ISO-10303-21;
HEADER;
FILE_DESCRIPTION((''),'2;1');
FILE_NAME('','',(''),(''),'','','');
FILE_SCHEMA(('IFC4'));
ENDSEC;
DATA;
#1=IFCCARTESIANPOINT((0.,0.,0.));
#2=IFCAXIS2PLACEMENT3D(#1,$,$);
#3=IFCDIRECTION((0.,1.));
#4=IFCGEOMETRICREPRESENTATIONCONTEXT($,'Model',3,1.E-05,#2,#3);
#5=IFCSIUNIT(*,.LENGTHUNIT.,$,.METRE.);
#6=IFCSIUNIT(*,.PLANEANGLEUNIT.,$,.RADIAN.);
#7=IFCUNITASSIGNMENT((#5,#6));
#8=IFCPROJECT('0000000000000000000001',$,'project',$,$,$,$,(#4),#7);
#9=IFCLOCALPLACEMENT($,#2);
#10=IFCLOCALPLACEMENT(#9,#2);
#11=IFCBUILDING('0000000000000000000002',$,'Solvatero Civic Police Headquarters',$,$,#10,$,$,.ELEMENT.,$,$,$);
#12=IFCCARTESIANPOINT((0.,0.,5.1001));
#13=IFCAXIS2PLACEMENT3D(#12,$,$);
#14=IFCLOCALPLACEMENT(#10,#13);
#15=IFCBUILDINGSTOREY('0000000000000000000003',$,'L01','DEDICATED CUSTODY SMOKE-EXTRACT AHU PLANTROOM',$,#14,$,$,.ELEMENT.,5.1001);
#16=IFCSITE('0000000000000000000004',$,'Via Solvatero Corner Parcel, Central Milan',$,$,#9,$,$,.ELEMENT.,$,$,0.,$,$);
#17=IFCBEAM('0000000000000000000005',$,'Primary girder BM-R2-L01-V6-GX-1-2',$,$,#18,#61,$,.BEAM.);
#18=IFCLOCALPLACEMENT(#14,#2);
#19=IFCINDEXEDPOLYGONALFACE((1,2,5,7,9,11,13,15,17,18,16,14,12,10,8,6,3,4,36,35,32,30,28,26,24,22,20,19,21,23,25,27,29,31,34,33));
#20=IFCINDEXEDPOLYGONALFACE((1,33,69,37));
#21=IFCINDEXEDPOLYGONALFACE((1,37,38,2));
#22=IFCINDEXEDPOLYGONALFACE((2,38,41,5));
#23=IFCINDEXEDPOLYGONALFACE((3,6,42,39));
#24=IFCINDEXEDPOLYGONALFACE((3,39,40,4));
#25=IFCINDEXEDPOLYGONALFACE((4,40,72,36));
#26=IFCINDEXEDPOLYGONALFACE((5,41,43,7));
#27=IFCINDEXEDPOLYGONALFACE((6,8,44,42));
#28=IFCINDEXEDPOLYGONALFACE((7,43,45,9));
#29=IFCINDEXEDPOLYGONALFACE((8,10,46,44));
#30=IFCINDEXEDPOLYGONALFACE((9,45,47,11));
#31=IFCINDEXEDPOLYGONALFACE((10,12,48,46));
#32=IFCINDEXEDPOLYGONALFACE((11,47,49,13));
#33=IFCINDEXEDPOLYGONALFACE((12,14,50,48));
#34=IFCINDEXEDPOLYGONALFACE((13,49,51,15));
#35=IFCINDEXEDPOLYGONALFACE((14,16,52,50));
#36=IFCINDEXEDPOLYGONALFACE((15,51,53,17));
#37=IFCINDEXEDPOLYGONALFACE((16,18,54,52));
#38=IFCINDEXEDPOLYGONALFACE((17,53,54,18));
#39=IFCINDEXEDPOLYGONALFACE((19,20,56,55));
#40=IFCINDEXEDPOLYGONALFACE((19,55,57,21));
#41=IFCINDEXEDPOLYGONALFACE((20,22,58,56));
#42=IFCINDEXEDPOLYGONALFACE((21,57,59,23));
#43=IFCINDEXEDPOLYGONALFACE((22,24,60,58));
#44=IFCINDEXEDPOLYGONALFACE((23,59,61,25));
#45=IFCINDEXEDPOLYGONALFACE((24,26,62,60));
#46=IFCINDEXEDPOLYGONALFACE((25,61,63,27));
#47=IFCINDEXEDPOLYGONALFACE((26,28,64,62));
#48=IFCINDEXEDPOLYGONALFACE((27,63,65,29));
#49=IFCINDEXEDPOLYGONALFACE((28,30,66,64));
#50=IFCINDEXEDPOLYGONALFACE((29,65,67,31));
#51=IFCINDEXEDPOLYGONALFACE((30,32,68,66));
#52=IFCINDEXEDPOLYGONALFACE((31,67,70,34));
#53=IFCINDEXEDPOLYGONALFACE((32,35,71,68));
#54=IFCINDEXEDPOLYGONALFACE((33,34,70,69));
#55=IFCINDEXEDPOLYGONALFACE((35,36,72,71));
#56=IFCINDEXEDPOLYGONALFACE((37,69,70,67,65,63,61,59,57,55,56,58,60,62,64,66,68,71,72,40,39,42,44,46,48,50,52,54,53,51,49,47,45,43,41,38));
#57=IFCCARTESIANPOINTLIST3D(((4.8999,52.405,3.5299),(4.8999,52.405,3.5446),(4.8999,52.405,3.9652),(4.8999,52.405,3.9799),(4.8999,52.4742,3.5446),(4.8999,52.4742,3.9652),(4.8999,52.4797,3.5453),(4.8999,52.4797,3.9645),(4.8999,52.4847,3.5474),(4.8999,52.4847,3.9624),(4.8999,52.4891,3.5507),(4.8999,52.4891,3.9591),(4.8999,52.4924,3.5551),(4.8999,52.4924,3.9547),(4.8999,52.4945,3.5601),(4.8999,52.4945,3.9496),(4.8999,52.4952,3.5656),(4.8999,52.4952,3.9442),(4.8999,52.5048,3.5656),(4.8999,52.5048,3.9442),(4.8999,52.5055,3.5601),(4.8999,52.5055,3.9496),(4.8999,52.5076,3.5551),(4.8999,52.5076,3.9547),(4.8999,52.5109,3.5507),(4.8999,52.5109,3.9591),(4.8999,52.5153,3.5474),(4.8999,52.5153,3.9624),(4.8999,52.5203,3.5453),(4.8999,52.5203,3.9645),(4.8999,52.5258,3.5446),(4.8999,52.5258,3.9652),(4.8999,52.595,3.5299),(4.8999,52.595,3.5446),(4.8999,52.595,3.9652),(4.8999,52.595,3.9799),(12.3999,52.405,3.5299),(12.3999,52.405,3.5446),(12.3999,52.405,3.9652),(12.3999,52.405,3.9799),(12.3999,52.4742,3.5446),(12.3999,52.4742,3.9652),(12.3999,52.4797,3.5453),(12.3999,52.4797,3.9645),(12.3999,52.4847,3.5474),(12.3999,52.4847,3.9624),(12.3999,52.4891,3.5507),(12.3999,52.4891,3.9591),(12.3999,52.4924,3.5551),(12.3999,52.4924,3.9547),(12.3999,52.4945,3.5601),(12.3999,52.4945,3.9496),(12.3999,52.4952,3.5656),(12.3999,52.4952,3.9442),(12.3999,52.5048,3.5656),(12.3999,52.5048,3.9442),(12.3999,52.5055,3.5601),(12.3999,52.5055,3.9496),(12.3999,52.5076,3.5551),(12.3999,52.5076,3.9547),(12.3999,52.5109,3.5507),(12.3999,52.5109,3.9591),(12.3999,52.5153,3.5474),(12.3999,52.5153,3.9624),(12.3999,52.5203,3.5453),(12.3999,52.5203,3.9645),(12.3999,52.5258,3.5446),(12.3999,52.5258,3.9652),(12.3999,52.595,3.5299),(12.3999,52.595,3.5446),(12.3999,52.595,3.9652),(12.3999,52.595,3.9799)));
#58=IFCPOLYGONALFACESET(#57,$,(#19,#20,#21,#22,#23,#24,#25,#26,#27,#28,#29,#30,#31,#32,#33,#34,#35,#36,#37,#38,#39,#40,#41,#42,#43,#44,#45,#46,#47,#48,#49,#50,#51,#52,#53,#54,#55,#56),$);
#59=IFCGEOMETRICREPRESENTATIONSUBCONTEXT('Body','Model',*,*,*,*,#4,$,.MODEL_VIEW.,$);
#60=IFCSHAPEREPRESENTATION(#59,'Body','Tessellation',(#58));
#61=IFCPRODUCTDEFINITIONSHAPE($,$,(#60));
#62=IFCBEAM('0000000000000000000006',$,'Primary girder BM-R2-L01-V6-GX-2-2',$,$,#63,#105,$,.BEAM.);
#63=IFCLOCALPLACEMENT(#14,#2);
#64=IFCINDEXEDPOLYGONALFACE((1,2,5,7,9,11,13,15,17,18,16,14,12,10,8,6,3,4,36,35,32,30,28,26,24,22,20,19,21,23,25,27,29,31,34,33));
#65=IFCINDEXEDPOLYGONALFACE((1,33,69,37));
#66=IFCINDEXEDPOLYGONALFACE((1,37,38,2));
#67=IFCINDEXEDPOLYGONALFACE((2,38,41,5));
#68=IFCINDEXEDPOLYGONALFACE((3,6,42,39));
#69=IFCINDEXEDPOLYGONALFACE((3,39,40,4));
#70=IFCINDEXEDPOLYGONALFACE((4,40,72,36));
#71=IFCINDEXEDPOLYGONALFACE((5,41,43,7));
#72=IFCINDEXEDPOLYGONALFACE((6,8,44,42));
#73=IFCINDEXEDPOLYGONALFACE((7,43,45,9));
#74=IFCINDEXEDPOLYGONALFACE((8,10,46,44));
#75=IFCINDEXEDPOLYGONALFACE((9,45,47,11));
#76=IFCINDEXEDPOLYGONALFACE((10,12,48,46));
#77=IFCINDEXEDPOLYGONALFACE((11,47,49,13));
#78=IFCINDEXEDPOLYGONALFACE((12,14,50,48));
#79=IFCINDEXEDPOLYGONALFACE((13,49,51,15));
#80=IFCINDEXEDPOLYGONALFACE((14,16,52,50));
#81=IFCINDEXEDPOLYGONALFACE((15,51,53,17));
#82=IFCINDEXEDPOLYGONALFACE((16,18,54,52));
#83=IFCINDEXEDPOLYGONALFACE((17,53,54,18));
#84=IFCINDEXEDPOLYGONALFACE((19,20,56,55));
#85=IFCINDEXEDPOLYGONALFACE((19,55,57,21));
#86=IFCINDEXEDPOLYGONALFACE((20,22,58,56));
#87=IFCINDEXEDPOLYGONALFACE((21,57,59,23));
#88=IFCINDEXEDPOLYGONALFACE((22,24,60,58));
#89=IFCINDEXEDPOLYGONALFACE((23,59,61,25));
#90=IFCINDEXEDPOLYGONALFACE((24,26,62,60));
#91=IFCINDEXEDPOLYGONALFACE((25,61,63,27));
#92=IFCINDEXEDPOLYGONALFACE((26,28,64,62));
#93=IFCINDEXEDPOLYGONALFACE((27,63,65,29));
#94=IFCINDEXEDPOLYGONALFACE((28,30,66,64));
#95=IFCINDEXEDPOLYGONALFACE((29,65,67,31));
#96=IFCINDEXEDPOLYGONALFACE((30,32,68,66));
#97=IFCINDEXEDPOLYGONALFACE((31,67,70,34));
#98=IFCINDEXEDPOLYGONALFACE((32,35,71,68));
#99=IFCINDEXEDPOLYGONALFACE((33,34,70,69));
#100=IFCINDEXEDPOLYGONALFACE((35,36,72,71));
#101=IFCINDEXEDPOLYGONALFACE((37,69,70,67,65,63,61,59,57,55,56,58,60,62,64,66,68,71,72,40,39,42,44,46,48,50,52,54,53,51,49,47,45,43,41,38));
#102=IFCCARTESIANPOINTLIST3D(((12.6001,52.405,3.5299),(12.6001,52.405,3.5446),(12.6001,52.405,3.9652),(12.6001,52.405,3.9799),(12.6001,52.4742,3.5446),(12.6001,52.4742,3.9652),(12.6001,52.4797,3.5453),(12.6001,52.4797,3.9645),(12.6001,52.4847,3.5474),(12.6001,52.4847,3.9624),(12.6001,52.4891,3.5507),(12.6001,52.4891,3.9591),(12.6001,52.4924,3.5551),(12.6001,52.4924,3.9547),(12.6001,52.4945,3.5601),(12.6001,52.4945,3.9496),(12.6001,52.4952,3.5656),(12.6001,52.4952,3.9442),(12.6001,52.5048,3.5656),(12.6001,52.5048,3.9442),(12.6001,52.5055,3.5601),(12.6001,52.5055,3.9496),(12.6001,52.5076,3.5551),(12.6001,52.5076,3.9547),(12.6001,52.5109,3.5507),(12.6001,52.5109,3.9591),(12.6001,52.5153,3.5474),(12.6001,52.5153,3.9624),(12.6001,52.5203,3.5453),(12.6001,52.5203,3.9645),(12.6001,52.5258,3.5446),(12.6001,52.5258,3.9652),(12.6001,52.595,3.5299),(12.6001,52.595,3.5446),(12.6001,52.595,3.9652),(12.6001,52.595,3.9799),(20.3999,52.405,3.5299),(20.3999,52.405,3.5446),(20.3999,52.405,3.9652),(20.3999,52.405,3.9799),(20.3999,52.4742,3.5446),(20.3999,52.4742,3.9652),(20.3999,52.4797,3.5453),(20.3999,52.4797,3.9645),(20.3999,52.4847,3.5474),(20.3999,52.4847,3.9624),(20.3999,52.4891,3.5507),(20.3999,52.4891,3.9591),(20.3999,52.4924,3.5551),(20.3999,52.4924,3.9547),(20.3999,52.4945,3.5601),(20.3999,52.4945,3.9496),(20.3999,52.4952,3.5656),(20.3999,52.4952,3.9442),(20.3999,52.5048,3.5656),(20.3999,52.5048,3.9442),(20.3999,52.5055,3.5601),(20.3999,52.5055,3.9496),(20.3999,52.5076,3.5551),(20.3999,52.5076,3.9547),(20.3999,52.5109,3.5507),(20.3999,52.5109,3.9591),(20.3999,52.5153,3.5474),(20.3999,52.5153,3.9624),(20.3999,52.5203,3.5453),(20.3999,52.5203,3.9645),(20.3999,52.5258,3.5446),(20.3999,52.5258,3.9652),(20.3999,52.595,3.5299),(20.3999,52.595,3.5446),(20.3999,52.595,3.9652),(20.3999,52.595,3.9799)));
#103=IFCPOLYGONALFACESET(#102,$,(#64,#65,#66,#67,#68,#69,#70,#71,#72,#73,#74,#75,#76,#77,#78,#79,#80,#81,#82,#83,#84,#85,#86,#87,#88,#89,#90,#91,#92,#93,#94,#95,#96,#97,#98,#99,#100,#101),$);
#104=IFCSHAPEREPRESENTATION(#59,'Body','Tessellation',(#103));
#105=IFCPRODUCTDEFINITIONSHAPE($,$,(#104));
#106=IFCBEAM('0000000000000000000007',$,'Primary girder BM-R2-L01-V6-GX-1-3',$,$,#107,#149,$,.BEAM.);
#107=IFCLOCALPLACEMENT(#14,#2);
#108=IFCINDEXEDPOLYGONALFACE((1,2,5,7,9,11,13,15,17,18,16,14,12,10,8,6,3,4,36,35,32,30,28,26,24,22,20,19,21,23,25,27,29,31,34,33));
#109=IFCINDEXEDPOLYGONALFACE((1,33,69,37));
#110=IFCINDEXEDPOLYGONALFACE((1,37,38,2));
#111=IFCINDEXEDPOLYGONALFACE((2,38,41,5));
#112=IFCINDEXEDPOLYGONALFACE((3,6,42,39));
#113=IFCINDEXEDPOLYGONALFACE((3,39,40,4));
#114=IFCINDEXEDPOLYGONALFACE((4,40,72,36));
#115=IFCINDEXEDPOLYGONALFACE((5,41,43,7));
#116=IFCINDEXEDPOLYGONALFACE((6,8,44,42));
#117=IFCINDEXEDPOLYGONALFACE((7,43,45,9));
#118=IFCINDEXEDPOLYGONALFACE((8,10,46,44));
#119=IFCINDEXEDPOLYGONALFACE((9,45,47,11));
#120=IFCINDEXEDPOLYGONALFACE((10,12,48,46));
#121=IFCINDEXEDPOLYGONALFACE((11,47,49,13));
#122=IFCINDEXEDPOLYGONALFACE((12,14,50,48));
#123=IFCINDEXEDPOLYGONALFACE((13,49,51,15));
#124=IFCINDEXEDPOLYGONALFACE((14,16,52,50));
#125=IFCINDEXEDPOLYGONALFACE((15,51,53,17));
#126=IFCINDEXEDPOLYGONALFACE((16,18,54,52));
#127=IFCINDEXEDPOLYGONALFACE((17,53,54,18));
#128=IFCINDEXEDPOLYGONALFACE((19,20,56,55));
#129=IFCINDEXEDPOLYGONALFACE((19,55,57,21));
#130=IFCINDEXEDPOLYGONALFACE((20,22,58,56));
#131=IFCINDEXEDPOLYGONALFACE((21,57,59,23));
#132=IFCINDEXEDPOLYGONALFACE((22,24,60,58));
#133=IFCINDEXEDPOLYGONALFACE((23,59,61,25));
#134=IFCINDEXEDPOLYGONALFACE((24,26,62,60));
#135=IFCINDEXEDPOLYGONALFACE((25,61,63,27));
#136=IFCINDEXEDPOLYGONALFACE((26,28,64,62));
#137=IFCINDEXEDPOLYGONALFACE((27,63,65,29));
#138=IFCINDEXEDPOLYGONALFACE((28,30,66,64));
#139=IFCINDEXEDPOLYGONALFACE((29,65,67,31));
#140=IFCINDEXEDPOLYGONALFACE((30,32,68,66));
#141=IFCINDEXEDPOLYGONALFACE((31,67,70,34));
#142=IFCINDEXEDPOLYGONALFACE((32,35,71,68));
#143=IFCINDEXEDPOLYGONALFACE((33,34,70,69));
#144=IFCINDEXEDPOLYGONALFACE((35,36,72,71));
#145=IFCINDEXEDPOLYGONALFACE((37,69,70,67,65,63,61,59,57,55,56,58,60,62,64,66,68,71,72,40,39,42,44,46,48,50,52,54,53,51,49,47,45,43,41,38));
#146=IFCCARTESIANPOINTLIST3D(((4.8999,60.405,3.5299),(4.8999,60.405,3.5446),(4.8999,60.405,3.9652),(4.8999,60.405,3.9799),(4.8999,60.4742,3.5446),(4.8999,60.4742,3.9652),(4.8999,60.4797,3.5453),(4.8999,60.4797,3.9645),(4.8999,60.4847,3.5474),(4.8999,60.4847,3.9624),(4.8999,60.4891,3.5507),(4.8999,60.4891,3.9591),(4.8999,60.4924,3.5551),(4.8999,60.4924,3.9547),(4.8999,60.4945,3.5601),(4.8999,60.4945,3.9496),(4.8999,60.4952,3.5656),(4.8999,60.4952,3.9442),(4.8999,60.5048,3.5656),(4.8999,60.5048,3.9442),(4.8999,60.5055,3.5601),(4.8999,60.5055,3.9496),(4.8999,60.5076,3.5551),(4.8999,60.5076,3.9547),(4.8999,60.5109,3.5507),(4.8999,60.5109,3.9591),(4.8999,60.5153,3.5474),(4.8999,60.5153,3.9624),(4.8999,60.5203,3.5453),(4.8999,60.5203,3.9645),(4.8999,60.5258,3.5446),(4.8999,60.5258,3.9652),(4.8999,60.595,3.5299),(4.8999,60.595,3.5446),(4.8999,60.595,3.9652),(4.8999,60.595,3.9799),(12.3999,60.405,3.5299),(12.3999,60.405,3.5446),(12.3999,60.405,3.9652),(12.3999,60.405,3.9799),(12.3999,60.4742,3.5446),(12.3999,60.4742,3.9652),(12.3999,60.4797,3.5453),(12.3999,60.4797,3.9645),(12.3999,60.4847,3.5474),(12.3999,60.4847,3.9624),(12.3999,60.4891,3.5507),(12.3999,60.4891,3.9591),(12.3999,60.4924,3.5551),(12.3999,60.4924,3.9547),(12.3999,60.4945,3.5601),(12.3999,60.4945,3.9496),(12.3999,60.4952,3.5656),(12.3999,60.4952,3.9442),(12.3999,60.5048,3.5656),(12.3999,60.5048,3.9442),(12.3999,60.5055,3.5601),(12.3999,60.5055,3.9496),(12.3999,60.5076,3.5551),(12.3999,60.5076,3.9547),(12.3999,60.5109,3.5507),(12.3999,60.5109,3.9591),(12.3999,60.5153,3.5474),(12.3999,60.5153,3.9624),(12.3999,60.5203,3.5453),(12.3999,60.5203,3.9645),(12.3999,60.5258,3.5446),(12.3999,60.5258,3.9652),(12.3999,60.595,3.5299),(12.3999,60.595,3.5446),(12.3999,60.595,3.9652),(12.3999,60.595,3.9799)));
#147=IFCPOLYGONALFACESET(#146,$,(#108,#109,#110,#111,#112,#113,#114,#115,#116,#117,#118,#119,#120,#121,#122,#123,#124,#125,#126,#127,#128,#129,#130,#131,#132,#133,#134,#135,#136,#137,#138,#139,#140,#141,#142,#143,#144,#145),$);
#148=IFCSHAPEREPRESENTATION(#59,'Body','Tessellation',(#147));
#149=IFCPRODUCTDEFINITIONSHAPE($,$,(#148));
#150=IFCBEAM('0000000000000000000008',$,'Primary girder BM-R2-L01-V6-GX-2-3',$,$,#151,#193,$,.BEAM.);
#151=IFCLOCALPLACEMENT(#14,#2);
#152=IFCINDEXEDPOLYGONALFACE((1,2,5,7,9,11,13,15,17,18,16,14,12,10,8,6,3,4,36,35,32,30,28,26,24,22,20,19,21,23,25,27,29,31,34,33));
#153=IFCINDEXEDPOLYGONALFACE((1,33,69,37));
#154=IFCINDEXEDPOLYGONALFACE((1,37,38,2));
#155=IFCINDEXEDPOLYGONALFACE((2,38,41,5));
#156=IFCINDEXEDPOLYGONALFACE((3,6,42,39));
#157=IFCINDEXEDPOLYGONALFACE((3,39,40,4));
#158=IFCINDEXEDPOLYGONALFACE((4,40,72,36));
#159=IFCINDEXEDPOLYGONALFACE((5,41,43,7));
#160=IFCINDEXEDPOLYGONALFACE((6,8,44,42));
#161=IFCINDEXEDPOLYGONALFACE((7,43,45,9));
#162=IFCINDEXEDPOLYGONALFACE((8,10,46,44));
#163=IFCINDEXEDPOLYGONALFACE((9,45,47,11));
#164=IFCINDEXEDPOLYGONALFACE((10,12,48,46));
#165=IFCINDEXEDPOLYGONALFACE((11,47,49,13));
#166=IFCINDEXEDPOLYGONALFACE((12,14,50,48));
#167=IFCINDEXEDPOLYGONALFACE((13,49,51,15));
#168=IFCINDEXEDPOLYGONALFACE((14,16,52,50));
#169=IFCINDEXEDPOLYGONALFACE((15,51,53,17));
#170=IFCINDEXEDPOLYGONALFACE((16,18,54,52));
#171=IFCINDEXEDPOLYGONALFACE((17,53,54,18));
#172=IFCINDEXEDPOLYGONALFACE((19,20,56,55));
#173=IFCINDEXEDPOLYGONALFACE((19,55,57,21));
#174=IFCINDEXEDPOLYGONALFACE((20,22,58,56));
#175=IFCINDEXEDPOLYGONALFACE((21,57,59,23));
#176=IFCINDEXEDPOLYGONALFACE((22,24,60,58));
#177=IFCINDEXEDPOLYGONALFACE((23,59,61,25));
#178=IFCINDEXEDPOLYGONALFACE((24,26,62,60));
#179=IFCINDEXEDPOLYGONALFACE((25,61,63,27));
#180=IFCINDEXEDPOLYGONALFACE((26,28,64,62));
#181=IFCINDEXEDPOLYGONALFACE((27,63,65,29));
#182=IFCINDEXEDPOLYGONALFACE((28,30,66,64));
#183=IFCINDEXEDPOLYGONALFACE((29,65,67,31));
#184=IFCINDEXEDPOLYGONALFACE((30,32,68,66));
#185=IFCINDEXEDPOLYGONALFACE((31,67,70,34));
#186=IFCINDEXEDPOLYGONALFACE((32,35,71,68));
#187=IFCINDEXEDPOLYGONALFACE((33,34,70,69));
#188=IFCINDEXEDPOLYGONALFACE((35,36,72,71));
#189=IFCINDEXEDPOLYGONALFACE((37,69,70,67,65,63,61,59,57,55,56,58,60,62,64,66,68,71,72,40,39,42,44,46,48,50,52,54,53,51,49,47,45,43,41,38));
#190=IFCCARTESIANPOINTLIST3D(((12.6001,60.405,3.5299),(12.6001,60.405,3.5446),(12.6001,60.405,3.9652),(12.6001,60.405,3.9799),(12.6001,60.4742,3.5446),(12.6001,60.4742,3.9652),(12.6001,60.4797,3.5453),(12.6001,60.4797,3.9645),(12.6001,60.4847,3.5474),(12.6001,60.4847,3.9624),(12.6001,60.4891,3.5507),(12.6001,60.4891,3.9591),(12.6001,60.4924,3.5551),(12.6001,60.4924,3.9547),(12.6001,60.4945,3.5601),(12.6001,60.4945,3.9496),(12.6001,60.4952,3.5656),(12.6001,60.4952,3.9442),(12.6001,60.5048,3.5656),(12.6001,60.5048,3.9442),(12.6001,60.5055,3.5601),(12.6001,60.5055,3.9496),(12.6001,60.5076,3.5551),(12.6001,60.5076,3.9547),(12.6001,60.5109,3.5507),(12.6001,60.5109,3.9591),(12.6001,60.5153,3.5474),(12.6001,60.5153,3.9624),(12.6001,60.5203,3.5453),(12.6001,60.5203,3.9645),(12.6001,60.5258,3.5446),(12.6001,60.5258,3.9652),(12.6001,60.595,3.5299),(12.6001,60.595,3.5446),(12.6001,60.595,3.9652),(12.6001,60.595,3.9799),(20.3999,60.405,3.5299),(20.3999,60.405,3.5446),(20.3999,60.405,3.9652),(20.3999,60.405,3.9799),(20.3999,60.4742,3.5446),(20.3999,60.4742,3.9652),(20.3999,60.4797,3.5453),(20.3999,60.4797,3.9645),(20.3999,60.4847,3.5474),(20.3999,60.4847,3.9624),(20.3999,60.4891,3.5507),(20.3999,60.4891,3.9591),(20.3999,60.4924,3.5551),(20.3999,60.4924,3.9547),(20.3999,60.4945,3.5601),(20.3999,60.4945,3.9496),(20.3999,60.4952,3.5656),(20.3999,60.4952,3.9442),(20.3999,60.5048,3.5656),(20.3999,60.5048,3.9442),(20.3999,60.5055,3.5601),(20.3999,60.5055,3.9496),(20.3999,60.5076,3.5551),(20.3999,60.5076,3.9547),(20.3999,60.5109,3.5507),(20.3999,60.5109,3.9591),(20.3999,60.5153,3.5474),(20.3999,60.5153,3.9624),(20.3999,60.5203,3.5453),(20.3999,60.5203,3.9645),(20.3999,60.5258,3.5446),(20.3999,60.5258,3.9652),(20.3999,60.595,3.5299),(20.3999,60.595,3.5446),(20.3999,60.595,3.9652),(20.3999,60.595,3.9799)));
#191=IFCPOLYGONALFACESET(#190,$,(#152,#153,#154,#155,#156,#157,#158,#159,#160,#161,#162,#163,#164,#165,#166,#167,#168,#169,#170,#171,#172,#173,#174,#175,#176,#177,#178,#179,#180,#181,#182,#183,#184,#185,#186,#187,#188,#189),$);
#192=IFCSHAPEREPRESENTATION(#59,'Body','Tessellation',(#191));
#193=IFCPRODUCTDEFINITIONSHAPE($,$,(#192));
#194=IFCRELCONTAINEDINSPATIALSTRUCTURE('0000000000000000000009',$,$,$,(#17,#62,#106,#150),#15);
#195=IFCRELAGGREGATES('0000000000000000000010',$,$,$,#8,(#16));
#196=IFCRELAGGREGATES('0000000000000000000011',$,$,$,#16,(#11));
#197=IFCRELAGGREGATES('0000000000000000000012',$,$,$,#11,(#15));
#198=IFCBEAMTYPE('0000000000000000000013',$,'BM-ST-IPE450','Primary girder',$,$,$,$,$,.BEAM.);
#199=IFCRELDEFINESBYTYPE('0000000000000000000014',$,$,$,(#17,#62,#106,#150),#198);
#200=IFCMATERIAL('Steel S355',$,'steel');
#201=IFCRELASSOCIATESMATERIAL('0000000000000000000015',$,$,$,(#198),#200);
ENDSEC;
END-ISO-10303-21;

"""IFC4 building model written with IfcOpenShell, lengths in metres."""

from ifc_helpers import new_model, si_unit, direction, frame, origin, origin_2d, place, context, subcontext, project, spatial, i_section, extrude, material, material_profile, profile_set, type_object, element, save


model = new_model("IFC4")

# Units and contexts
model_context = context("Model", 3, precision=1e-05, world=origin(), true_north=direction((0.0, 1.0)))
body_context = subcontext(model_context, "Body", "Model", "MODEL_VIEW")
ifc_project = project(units=[si_unit("LENGTHUNIT", "METRE"), si_unit("PLANEANGLEUNIT", "RADIAN")], contexts=[model_context])

# Site, building, storey
site_placement = place(None, origin())
site = spatial("IfcSite", under=ifc_project, at=site_placement, Name="Via Solvatero Corner Parcel, Central Milan", CompositionType="ELEMENT", RefElevation=0.0)
building_placement = place(site_placement, origin())
building = spatial("IfcBuilding", under=site, at=building_placement, Name="Solvatero Civic Police Headquarters", CompositionType="ELEMENT")
storey_placement = place(building_placement, frame((0.0, 0.0, 5.1001)))
storey = spatial("IfcBuildingStorey", under=building, at=storey_placement, Name="L01", Description="DEDICATED CUSTODY SMOKE-EXTRACT AHU PLANTROOM", CompositionType="ELEMENT", Elevation=5.1001)

# Shared definitions
ifc_material_1 = material(Name="Steel S355", Category="steel")

# Beams
ifc_material_profile_1 = material_profile(ifc_material_1, i_section(OverallWidth=0.1899, OverallDepth=0.45, WebThickness=0.0095, FlangeThickness=0.0146, FilletRadius=0.021, at=origin_2d()), Name="IPE 450")
ifc_profile_set_1 = profile_set([ifc_material_profile_1], Name="Steel S355")
beam_type_1 = type_object("IfcBeamType", Name="BM-ST-IPE450", Description="Primary girder", PredefinedType="BEAM", material=ifc_profile_set_1)
beam_1_placement = place(storey_placement, frame((4.8999, 52.5, 3.7549), z_axis=(1.0, 0.0, 0.0), x_axis=(0.0, 1.0, 0.0)))
element("IfcBeam", 1, at=beam_1_placement, inside=storey, type_object=beam_type_1, Name="Primary girder BM-R2-L01-V6-GX-1-2", PredefinedType="BEAM", context=body_context, shape_type="SweptSolid", body=[
    extrude(i_section(OverallWidth=0.1899, OverallDepth=0.45, WebThickness=0.0095, FlangeThickness=0.0146, FilletRadius=0.021, at=origin_2d()), origin(), (0.0, 0.0, 1.0), 7.5),
])
beam_2_placement = place(storey_placement, frame((12.6001, 52.5, 3.7549), z_axis=(1.0, 0.0, 0.0), x_axis=(0.0, 1.0, 0.0)))
element("IfcBeam", 2, at=beam_2_placement, inside=storey, type_object=beam_type_1, Name="Primary girder BM-R2-L01-V6-GX-2-2", PredefinedType="BEAM", context=body_context, shape_type="SweptSolid", body=[
    extrude(i_section(OverallWidth=0.1899, OverallDepth=0.45, WebThickness=0.0095, FlangeThickness=0.0146, FilletRadius=0.021, at=origin_2d()), origin(), (0.0, 0.0, 1.0), 7.7998),
])
beam_3_placement = place(storey_placement, frame((4.8999, 60.5, 3.7549), z_axis=(1.0, 0.0, 0.0), x_axis=(0.0, 1.0, 0.0)))
element("IfcBeam", 3, at=beam_3_placement, inside=storey, type_object=beam_type_1, Name="Primary girder BM-R2-L01-V6-GX-1-3", PredefinedType="BEAM", context=body_context, shape_type="SweptSolid", body=[
    extrude(i_section(OverallWidth=0.1899, OverallDepth=0.45, WebThickness=0.0095, FlangeThickness=0.0146, FilletRadius=0.021, at=origin_2d()), origin(), (0.0, 0.0, 1.0), 7.5),
])
beam_4_placement = place(storey_placement, frame((12.6001, 60.5, 3.7549), z_axis=(1.0, 0.0, 0.0), x_axis=(0.0, 1.0, 0.0)))
element("IfcBeam", 4, at=beam_4_placement, inside=storey, type_object=beam_type_1, Name="Primary girder BM-R2-L01-V6-GX-2-3", PredefinedType="BEAM", context=body_context, shape_type="SweptSolid", body=[
    extrude(i_section(OverallWidth=0.1899, OverallDepth=0.45, WebThickness=0.0095, FlangeThickness=0.0146, FilletRadius=0.021, at=origin_2d()), origin(), (0.0, 0.0, 1.0), 7.7998),
])

save(model, "model.ifc")
